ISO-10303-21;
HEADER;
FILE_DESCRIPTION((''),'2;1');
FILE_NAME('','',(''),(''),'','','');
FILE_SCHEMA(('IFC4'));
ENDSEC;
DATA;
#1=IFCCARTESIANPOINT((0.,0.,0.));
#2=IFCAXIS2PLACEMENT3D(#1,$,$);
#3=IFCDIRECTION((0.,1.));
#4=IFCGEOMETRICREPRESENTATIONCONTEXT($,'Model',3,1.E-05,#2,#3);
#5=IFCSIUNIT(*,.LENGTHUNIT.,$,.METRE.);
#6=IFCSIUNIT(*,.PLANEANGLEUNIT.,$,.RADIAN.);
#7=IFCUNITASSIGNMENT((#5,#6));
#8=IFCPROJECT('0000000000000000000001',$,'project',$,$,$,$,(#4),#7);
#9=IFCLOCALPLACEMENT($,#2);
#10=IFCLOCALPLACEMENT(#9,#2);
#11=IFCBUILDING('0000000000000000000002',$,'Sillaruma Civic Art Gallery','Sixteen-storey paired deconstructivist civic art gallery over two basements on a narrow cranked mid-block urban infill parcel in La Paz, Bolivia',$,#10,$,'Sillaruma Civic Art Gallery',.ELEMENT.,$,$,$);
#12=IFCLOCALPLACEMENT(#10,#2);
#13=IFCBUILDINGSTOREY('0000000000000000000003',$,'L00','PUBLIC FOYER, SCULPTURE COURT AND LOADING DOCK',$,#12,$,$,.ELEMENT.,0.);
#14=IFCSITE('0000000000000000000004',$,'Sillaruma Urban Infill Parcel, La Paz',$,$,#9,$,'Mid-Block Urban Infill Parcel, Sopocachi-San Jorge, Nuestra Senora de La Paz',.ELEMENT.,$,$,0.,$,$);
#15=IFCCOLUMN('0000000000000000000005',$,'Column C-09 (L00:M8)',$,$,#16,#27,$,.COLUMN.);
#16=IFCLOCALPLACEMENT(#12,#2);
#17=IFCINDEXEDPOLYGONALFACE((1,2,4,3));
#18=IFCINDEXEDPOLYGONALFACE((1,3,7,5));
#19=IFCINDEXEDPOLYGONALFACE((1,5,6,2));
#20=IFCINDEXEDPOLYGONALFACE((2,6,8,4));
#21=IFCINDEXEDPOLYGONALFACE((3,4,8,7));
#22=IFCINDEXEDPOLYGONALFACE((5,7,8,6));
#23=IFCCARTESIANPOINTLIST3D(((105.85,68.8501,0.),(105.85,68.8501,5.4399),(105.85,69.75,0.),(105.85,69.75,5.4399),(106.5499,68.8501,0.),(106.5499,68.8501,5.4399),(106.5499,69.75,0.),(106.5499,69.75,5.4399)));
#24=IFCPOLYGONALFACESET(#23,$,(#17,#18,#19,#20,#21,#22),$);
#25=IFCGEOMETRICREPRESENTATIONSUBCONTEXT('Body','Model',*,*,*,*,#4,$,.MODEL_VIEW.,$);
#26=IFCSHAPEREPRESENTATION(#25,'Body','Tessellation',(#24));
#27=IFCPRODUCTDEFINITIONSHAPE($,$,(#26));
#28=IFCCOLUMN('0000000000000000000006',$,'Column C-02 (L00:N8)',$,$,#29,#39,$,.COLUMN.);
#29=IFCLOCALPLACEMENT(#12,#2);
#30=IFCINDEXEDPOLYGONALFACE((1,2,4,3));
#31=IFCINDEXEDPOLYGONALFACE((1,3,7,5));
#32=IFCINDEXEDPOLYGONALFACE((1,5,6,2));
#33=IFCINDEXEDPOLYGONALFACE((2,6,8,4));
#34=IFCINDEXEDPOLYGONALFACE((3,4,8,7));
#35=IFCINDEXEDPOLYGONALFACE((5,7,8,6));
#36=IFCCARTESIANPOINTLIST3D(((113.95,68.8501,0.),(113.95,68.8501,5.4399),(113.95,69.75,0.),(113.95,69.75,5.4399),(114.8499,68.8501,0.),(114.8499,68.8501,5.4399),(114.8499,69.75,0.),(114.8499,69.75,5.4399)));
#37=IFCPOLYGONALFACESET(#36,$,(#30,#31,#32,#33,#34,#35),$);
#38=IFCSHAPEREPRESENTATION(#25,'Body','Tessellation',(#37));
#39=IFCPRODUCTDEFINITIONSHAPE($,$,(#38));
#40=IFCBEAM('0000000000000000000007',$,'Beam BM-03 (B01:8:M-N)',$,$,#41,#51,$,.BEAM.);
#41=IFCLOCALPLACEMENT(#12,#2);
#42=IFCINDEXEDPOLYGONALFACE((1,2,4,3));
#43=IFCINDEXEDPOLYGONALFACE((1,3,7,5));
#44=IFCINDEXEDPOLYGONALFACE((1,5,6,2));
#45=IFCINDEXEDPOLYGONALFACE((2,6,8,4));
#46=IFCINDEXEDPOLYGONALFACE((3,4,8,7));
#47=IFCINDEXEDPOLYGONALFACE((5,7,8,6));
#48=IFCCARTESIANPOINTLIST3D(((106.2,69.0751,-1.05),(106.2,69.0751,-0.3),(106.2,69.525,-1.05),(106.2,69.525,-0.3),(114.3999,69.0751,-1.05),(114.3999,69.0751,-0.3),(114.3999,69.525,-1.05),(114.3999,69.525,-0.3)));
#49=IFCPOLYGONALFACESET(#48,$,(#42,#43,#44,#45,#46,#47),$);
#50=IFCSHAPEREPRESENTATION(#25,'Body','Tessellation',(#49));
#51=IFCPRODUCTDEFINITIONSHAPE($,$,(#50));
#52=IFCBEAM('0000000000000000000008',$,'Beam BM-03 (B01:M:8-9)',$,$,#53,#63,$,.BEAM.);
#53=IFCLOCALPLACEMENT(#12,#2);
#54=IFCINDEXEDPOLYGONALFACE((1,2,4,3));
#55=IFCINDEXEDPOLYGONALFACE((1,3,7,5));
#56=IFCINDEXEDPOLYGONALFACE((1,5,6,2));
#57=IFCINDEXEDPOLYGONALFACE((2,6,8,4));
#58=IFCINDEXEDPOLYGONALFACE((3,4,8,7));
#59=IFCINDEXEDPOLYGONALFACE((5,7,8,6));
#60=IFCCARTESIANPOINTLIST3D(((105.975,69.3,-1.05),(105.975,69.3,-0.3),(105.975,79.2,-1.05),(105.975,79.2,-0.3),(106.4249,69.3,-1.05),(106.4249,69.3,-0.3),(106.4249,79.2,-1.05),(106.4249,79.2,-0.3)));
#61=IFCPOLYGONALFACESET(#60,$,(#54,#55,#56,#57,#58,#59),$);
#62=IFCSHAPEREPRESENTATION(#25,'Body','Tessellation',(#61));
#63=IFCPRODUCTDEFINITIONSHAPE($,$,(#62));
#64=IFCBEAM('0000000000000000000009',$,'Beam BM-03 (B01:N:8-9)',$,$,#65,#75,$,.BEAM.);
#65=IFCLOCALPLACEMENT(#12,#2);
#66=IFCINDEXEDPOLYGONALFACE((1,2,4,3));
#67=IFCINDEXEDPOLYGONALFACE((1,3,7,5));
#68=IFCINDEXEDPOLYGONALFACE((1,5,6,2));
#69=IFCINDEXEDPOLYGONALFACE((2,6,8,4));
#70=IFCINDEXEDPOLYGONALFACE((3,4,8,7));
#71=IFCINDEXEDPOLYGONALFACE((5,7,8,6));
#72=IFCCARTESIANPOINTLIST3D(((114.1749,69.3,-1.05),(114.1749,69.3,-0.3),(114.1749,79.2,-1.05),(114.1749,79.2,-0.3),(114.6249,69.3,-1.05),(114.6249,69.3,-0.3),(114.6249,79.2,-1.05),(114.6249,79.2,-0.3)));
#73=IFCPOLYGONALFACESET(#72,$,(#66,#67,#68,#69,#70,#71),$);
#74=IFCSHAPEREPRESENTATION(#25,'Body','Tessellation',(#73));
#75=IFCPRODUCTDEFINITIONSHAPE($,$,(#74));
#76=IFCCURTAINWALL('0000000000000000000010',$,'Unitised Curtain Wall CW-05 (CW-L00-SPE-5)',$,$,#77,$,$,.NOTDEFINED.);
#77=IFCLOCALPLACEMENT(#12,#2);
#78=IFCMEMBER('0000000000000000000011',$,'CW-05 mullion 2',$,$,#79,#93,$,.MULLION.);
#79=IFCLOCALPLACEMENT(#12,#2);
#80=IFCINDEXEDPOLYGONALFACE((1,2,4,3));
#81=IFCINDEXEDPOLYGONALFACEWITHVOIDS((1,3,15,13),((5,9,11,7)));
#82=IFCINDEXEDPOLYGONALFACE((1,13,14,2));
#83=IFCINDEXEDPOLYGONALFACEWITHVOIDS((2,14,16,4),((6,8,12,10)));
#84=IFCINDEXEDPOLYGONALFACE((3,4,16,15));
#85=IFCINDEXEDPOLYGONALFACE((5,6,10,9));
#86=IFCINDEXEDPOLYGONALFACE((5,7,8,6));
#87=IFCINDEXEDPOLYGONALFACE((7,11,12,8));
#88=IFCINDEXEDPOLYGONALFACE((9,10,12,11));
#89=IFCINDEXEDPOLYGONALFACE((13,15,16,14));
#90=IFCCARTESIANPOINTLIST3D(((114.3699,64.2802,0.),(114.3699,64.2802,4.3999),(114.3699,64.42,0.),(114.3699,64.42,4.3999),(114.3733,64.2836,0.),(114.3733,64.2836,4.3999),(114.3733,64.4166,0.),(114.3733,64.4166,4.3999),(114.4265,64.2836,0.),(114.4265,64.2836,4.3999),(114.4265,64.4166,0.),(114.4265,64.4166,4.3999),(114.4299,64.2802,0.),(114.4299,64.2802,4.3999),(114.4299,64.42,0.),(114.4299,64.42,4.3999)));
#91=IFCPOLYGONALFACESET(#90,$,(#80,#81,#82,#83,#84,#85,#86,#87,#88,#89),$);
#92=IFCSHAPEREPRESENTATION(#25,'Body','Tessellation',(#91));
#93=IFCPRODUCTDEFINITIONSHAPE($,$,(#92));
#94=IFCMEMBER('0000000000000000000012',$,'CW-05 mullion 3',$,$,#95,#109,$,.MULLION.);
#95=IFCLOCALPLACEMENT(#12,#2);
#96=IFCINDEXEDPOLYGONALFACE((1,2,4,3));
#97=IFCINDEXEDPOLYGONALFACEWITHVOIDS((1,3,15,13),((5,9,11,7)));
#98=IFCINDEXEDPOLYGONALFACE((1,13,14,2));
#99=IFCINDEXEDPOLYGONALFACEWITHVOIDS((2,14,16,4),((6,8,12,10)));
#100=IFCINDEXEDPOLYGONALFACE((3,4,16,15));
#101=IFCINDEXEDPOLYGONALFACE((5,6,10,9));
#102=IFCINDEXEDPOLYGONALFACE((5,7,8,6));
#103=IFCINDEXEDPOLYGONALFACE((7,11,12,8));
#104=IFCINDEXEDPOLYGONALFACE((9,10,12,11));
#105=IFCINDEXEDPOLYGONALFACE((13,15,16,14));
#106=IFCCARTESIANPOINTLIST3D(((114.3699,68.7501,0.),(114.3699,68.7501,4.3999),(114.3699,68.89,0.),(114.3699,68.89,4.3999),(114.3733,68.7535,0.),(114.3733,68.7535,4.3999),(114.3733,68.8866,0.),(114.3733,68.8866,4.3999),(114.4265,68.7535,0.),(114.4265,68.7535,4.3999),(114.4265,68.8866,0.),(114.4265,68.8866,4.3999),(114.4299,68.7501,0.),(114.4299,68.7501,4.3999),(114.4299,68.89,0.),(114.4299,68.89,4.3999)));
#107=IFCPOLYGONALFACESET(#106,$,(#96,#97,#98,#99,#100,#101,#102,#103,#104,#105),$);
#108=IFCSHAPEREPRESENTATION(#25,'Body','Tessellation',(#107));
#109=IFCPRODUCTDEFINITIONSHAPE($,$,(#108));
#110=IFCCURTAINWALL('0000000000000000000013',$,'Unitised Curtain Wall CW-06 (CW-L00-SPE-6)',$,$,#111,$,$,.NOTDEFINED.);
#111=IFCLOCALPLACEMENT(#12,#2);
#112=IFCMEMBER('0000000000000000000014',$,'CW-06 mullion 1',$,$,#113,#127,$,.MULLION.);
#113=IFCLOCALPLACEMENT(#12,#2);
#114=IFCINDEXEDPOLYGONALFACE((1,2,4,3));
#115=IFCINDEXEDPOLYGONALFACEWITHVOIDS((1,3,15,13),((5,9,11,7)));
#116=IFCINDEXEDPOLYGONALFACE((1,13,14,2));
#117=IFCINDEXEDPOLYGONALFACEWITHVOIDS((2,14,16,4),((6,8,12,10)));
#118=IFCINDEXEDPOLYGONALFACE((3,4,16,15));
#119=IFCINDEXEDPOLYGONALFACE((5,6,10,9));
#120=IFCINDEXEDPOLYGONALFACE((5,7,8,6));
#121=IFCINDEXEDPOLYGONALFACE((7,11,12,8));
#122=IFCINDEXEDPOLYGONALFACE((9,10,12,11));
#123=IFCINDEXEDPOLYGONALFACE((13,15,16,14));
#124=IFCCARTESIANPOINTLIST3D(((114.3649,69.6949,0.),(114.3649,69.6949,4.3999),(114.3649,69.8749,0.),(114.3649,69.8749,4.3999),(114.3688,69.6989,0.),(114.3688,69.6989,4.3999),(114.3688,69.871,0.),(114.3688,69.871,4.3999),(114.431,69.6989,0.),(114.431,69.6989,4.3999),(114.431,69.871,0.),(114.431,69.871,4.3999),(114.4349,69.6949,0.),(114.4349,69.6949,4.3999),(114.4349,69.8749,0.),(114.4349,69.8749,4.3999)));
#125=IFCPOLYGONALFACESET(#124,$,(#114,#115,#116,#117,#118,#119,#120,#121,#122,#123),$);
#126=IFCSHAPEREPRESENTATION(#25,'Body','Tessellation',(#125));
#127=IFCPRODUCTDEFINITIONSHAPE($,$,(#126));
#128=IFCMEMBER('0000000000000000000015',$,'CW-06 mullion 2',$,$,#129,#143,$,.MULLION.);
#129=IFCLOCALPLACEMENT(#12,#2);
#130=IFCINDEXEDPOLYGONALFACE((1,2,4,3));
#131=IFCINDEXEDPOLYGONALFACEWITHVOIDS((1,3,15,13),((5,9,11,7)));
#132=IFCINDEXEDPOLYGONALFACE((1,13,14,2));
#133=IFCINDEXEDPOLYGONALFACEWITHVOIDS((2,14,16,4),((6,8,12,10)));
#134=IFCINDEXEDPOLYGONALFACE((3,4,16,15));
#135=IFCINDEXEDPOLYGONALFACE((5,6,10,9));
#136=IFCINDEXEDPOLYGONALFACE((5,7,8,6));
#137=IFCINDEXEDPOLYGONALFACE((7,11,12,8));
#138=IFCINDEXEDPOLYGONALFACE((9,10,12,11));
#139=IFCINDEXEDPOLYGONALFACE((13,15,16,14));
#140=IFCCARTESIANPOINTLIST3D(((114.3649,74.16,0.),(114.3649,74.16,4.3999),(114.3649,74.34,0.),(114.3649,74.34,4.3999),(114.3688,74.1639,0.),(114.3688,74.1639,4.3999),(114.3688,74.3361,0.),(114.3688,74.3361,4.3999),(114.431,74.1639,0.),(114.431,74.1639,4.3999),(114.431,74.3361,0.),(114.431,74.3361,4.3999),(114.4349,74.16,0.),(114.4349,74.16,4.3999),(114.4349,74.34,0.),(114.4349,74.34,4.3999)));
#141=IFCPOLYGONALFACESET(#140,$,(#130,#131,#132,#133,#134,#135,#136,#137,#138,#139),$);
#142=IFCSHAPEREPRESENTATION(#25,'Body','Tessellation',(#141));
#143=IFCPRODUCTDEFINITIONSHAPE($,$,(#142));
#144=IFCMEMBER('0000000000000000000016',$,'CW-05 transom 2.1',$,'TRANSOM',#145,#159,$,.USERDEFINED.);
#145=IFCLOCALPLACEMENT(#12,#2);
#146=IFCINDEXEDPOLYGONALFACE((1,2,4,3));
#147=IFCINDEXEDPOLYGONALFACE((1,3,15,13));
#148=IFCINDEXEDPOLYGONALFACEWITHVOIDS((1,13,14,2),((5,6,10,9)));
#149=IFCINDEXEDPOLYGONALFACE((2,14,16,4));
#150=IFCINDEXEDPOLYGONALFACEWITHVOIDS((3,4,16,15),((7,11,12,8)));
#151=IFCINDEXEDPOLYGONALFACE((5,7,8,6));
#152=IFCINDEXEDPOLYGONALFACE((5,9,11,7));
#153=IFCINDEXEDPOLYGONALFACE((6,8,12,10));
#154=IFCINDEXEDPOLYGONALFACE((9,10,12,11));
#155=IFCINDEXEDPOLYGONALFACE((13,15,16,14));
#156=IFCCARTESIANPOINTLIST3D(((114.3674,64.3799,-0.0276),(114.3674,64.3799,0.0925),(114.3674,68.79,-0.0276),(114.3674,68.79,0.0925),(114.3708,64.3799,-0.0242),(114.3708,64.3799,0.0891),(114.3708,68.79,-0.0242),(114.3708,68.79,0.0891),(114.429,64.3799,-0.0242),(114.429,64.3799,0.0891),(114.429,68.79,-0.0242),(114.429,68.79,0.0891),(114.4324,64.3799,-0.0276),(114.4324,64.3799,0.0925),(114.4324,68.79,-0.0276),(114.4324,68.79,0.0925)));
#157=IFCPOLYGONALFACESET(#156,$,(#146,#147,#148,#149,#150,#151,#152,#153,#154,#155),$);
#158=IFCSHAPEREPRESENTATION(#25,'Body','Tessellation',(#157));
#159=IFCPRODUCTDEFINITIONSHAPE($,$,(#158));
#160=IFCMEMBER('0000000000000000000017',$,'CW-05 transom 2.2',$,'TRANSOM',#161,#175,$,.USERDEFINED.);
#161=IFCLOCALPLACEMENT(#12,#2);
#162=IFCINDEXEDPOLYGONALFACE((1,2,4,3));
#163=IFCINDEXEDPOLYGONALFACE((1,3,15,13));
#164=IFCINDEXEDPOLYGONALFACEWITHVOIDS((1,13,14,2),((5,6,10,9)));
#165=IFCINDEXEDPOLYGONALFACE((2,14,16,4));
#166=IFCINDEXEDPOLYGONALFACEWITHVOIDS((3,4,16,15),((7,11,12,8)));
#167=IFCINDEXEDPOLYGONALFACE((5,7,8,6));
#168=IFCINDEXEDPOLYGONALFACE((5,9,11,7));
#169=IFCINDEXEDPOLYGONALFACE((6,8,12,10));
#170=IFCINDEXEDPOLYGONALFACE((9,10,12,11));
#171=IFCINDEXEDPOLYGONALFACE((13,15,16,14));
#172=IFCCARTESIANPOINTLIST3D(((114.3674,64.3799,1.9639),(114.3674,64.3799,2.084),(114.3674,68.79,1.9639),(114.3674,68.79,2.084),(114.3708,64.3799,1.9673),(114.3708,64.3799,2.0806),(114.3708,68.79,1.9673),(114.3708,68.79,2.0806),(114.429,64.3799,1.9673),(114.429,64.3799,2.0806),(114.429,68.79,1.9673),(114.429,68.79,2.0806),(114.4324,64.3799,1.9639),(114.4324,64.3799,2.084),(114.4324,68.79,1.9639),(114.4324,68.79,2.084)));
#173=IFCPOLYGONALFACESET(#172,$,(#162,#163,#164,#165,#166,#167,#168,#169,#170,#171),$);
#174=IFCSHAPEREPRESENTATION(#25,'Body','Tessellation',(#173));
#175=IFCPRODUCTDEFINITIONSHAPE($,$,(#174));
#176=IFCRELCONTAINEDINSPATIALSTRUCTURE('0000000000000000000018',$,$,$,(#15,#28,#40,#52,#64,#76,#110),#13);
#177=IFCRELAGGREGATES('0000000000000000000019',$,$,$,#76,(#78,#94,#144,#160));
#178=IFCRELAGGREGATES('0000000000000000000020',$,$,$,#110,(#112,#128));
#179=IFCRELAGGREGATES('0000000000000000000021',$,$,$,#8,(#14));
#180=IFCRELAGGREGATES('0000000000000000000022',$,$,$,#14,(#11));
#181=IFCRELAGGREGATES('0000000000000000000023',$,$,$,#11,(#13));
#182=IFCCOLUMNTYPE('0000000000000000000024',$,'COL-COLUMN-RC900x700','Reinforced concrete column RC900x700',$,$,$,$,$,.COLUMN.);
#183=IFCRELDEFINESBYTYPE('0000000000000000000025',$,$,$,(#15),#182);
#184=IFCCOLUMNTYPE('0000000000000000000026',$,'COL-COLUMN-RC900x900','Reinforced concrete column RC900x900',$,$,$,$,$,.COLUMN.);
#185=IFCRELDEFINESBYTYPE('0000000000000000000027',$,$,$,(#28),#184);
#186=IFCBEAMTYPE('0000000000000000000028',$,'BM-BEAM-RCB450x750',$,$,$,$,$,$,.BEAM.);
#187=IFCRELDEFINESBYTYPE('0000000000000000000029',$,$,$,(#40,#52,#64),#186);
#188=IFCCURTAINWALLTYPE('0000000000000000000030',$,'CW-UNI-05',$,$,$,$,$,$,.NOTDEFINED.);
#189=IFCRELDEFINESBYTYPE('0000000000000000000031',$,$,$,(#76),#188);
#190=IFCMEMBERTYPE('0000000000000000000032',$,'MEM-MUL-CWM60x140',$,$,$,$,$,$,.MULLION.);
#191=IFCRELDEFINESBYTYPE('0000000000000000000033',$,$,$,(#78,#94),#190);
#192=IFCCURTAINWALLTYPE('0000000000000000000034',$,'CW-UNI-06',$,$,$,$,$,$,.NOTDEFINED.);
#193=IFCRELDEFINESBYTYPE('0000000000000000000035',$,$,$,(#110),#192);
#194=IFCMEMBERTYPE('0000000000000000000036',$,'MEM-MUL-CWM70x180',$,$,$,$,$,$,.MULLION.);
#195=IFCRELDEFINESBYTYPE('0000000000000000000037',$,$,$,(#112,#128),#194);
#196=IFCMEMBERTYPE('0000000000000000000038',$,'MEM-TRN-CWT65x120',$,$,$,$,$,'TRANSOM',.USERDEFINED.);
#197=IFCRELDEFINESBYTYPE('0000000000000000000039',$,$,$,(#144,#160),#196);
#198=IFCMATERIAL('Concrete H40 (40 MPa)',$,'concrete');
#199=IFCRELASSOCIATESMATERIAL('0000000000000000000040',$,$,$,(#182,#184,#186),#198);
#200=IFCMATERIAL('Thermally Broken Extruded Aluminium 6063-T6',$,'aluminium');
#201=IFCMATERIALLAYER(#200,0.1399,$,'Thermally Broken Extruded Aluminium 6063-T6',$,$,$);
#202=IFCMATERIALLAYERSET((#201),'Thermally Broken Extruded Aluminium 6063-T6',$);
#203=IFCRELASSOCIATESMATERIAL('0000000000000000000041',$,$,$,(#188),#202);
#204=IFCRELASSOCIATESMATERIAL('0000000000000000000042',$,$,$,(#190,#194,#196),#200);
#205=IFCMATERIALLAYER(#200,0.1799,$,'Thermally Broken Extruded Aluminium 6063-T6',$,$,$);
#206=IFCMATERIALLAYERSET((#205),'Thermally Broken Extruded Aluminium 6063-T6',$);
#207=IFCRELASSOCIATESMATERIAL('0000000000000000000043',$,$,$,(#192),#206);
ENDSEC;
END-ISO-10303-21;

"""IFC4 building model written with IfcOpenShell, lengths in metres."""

from ifc_helpers import new_model, si_unit, direction, frame, origin, origin_2d, place, context, subcontext, project, spatial, rectangle, hollow_rectangle, extrude, material, layer, layer_set, material_profile, profile_set, type_object, element, aggregate, save


model = new_model("IFC4")

# Units and contexts
model_context = context("Model", 3, precision=1e-05, world=origin(), true_north=direction((0.0, 1.0)))
body_context = subcontext(model_context, "Body", "Model", "MODEL_VIEW")
ifc_project = project(units=[si_unit("LENGTHUNIT", "METRE"), si_unit("PLANEANGLEUNIT", "RADIAN")], contexts=[model_context])

# Site, building, storey
site_placement = place(None, origin())
site = spatial("IfcSite", under=ifc_project, at=site_placement, Name="Sillaruma Urban Infill Parcel, La Paz", LongName="Mid-Block Urban Infill Parcel, Sopocachi-San Jorge, Nuestra Senora de La Paz", CompositionType="ELEMENT", RefElevation=0.0)
building_placement = place(site_placement, origin())
building = spatial("IfcBuilding", under=site, at=building_placement, Name="Sillaruma Civic Art Gallery", Description="Sixteen-storey paired deconstructivist civic art gallery over two basements on a narrow cranked mid-block urban infill parcel in La Paz, Bolivia", LongName="Sillaruma Civic Art Gallery", CompositionType="ELEMENT")
storey_placement = place(building_placement, origin())
storey = spatial("IfcBuildingStorey", under=building, at=storey_placement, Name="L00", Description="PUBLIC FOYER, SCULPTURE COURT AND LOADING DOCK", CompositionType="ELEMENT", Elevation=0.0)

# Columns
ifc_material_1 = material(Name="Concrete H40 (40 MPa)", Category="concrete")
ifc_material_profile_1 = material_profile(ifc_material_1, rectangle(XDim=0.7, YDim=0.8999, at=origin_2d()), Name="RC900x700")
ifc_profile_set_1 = profile_set([ifc_material_profile_1], Name="Concrete H40 (40 MPa)")
column_type_1 = type_object("IfcColumnType", Name="COL-COLUMN-RC900x700", Description="Reinforced concrete column RC900x700", PredefinedType="COLUMN", material=ifc_profile_set_1)
column_1_placement = place(storey_placement, frame((106.2, 69.3, 0.0), z_axis=(0.0, 0.0, 1.0), x_axis=(1.0, 0.0, 0.0)))
element("IfcColumn", 1, at=column_1_placement, inside=storey, type_object=column_type_1, Name="Column C-09 (L00:M8)", PredefinedType="COLUMN", context=body_context, shape_type="SweptSolid", body=[
    extrude(rectangle(XDim=0.7, YDim=0.8999, at=origin_2d()), origin(), (0.0, 0.0, 1.0), 5.4399),
])
ifc_material_profile_2 = material_profile(ifc_material_1, rectangle(XDim=0.8999, YDim=0.8999, at=origin_2d()), Name="RC900x900")
ifc_profile_set_2 = profile_set([ifc_material_profile_2], Name="Concrete H40 (40 MPa)")
column_type_2 = type_object("IfcColumnType", Name="COL-COLUMN-RC900x900", Description="Reinforced concrete column RC900x900", PredefinedType="COLUMN", material=ifc_profile_set_2)
column_2_placement = place(storey_placement, frame((114.3999, 69.3, 0.0), z_axis=(0.0, 0.0, 1.0), x_axis=(1.0, 0.0, 0.0)))
element("IfcColumn", 2, at=column_2_placement, inside=storey, type_object=column_type_2, Name="Column C-02 (L00:N8)", PredefinedType="COLUMN", context=body_context, shape_type="SweptSolid", body=[
    extrude(rectangle(XDim=0.8999, YDim=0.8999, at=origin_2d()), origin(), (0.0, 0.0, 1.0), 5.4399),
])

# Beams
ifc_material_profile_3 = material_profile(ifc_material_1, rectangle(XDim=0.45, YDim=0.75, at=origin_2d()), Name="RCB450x750")
ifc_profile_set_3 = profile_set([ifc_material_profile_3], Name="Concrete H40 (40 MPa)")
beam_type = type_object("IfcBeamType", Name="BM-BEAM-RCB450x750", PredefinedType="BEAM", material=ifc_profile_set_3)
beam_placement = place(storey_placement, frame((106.2, 69.3, -0.675), z_axis=(1.0, 0.0, 0.0), x_axis=(0.0, 1.0, 0.0)))
element("IfcBeam", 3, at=beam_placement, inside=storey, type_object=beam_type, Name="Beam BM-03 (B01:8:M-N)", PredefinedType="BEAM", context=body_context, shape_type="SweptSolid", body=[
    extrude(rectangle(XDim=0.45, YDim=0.75, at=origin_2d()), origin(), (0.0, 0.0, 1.0), 8.2),
])
for number, where, z_axis, x_axis, name in (
    (4, (106.2, 69.3, -0.675), (0.0, 1.0, 0.0), (-1.0, 0.0, 0.0), "Beam BM-03 (B01:M:8-9)"),
    (5, (114.3999, 69.3, -0.675), (0.0, 1.0, 0.0), (-1.0, 0.0, 0.0), "Beam BM-03 (B01:N:8-9)"),
):
    element("IfcBeam", number, at=place(storey_placement, frame(where, z_axis=z_axis, x_axis=x_axis)), inside=storey, type_object=beam_type, Name=name, PredefinedType="BEAM", context=body_context, shape_type="SweptSolid", body=[
        extrude(rectangle(XDim=0.45, YDim=0.75, at=origin_2d()), origin(), (0.0, 0.0, 1.0), 9.8999),
    ])

# Curtain walls, members
ifc_material_2 = material(Name="Thermally Broken Extruded Aluminium 6063-T6", Category="aluminium")
ifc_layer_1 = layer(ifc_material_2, 0.1399, Name="Thermally Broken Extruded Aluminium 6063-T6")
ifc_layer_set_1 = layer_set([ifc_layer_1], Name="Thermally Broken Extruded Aluminium 6063-T6")
curtain_wall_type_1 = type_object("IfcCurtainWallType", Name="CW-UNI-05", PredefinedType="NOTDEFINED", material=ifc_layer_set_1)
curtain_wall_1_placement = place(storey_placement, origin())
curtain_wall_1 = element("IfcCurtainWall", 6, at=curtain_wall_1_placement, inside=storey, type_object=curtain_wall_type_1, Name="Unitised Curtain Wall CW-05 (CW-L00-SPE-5)", PredefinedType="NOTDEFINED")
ifc_material_profile_4 = material_profile(ifc_material_2, hollow_rectangle(XDim=0.0601, YDim=0.1399, WallThickness=0.0034, at=origin_2d()), Name="CWM60x140")
ifc_profile_set_4 = profile_set([ifc_material_profile_4], Name="Thermally Broken Extruded Aluminium 6063-T6")
member_type_1 = type_object("IfcMemberType", Name="MEM-MUL-CWM60x140", PredefinedType="MULLION", material=ifc_profile_set_4)
member_1_placement = place(storey_placement, frame((114.3999, 64.3501, 0.0), z_axis=(0.0, 0.0, 1.0), x_axis=(-1.0, 0.0, 0.0)))
member_1 = element("IfcMember", 7, at=member_1_placement, type_object=member_type_1, Name="CW-05 mullion 2", PredefinedType="MULLION", context=body_context, shape_type="SweptSolid", body=[
    extrude(hollow_rectangle(XDim=0.0601, YDim=0.1399, WallThickness=0.0034, at=origin_2d()), origin(), (0.0, 0.0, 1.0), 4.3999),
])
member_2_placement = place(storey_placement, frame((114.3999, 68.8201, 0.0), z_axis=(0.0, 0.0, 1.0), x_axis=(-1.0, 0.0, 0.0)))
member_2 = element("IfcMember", 8, at=member_2_placement, type_object=member_type_1, Name="CW-05 mullion 3", PredefinedType="MULLION", context=body_context, shape_type="SweptSolid", body=[
    extrude(hollow_rectangle(XDim=0.0601, YDim=0.1399, WallThickness=0.0034, at=origin_2d()), origin(), (0.0, 0.0, 1.0), 4.3999),
])
ifc_layer_2 = layer(ifc_material_2, 0.1799, Name="Thermally Broken Extruded Aluminium 6063-T6")
ifc_layer_set_2 = layer_set([ifc_layer_2], Name="Thermally Broken Extruded Aluminium 6063-T6")
curtain_wall_type_2 = type_object("IfcCurtainWallType", Name="CW-UNI-06", PredefinedType="NOTDEFINED", material=ifc_layer_set_2)
curtain_wall_2_placement = place(storey_placement, origin())
curtain_wall_2 = element("IfcCurtainWall", 9, at=curtain_wall_2_placement, inside=storey, type_object=curtain_wall_type_2, Name="Unitised Curtain Wall CW-06 (CW-L00-SPE-6)", PredefinedType="NOTDEFINED")
ifc_material_profile_5 = material_profile(ifc_material_2, hollow_rectangle(XDim=0.0701, YDim=0.1799, WallThickness=0.0039, at=origin_2d()), Name="CWM70x180")
ifc_profile_set_5 = profile_set([ifc_material_profile_5], Name="Thermally Broken Extruded Aluminium 6063-T6")
member_type_2 = type_object("IfcMemberType", Name="MEM-MUL-CWM70x180", PredefinedType="MULLION", material=ifc_profile_set_5)
member_3_placement = place(storey_placement, frame((114.3999, 69.7849, 0.0), z_axis=(0.0, 0.0, 1.0), x_axis=(-1.0, 0.0, 0.0)))
member_3 = element("IfcMember", 10, at=member_3_placement, type_object=member_type_2, Name="CW-06 mullion 1", PredefinedType="MULLION", context=body_context, shape_type="SweptSolid", body=[
    extrude(hollow_rectangle(XDim=0.0701, YDim=0.1799, WallThickness=0.0039, at=origin_2d()), origin(), (0.0, 0.0, 1.0), 4.3999),
])
member_4_placement = place(storey_placement, frame((114.3999, 74.25, 0.0), z_axis=(0.0, 0.0, 1.0), x_axis=(-1.0, 0.0, 0.0)))
member_4 = element("IfcMember", 11, at=member_4_placement, type_object=member_type_2, Name="CW-06 mullion 2", PredefinedType="MULLION", context=body_context, shape_type="SweptSolid", body=[
    extrude(hollow_rectangle(XDim=0.0701, YDim=0.1799, WallThickness=0.0039, at=origin_2d()), origin(), (0.0, 0.0, 1.0), 4.3999),
])

# Members
ifc_material_profile_6 = material_profile(ifc_material_2, hollow_rectangle(XDim=0.0649, YDim=0.1201, WallThickness=0.0034, at=origin_2d()), Name="CWT65x120")
ifc_profile_set_6 = profile_set([ifc_material_profile_6], Name="Thermally Broken Extruded Aluminium 6063-T6")
member_type_3 = type_object("IfcMemberType", Name="MEM-TRN-CWT65x120", ElementType="TRANSOM", PredefinedType="USERDEFINED", material=ifc_profile_set_6)
member_5_placement = place(storey_placement, frame((114.3999, 64.3799, 0.0325), z_axis=(0.0, 1.0, 0.0), x_axis=(-1.0, 0.0, 0.0)))
member_5 = element("IfcMember", 12, at=member_5_placement, type_object=member_type_3, Name="CW-05 transom 2.1", ObjectType="TRANSOM", PredefinedType="USERDEFINED", context=body_context, shape_type="SweptSolid", body=[
    extrude(hollow_rectangle(XDim=0.0649, YDim=0.1201, WallThickness=0.0034, at=origin_2d()), origin(), (0.0, 0.0, 1.0), 4.4102),
])
member_6_placement = place(storey_placement, frame((114.3999, 64.3799, 2.0239), z_axis=(0.0, 1.0, 0.0), x_axis=(-1.0, 0.0, 0.0)))
member_6 = element("IfcMember", 13, at=member_6_placement, type_object=member_type_3, Name="CW-05 transom 2.2", ObjectType="TRANSOM", PredefinedType="USERDEFINED", context=body_context, shape_type="SweptSolid", body=[
    extrude(hollow_rectangle(XDim=0.0649, YDim=0.1201, WallThickness=0.0034, at=origin_2d()), origin(), (0.0, 0.0, 1.0), 4.4102),
])

aggregate(curtain_wall_1, [member_1, member_2, member_5, member_6])
aggregate(curtain_wall_2, [member_3, member_4])

save(model, "model.ifc")
